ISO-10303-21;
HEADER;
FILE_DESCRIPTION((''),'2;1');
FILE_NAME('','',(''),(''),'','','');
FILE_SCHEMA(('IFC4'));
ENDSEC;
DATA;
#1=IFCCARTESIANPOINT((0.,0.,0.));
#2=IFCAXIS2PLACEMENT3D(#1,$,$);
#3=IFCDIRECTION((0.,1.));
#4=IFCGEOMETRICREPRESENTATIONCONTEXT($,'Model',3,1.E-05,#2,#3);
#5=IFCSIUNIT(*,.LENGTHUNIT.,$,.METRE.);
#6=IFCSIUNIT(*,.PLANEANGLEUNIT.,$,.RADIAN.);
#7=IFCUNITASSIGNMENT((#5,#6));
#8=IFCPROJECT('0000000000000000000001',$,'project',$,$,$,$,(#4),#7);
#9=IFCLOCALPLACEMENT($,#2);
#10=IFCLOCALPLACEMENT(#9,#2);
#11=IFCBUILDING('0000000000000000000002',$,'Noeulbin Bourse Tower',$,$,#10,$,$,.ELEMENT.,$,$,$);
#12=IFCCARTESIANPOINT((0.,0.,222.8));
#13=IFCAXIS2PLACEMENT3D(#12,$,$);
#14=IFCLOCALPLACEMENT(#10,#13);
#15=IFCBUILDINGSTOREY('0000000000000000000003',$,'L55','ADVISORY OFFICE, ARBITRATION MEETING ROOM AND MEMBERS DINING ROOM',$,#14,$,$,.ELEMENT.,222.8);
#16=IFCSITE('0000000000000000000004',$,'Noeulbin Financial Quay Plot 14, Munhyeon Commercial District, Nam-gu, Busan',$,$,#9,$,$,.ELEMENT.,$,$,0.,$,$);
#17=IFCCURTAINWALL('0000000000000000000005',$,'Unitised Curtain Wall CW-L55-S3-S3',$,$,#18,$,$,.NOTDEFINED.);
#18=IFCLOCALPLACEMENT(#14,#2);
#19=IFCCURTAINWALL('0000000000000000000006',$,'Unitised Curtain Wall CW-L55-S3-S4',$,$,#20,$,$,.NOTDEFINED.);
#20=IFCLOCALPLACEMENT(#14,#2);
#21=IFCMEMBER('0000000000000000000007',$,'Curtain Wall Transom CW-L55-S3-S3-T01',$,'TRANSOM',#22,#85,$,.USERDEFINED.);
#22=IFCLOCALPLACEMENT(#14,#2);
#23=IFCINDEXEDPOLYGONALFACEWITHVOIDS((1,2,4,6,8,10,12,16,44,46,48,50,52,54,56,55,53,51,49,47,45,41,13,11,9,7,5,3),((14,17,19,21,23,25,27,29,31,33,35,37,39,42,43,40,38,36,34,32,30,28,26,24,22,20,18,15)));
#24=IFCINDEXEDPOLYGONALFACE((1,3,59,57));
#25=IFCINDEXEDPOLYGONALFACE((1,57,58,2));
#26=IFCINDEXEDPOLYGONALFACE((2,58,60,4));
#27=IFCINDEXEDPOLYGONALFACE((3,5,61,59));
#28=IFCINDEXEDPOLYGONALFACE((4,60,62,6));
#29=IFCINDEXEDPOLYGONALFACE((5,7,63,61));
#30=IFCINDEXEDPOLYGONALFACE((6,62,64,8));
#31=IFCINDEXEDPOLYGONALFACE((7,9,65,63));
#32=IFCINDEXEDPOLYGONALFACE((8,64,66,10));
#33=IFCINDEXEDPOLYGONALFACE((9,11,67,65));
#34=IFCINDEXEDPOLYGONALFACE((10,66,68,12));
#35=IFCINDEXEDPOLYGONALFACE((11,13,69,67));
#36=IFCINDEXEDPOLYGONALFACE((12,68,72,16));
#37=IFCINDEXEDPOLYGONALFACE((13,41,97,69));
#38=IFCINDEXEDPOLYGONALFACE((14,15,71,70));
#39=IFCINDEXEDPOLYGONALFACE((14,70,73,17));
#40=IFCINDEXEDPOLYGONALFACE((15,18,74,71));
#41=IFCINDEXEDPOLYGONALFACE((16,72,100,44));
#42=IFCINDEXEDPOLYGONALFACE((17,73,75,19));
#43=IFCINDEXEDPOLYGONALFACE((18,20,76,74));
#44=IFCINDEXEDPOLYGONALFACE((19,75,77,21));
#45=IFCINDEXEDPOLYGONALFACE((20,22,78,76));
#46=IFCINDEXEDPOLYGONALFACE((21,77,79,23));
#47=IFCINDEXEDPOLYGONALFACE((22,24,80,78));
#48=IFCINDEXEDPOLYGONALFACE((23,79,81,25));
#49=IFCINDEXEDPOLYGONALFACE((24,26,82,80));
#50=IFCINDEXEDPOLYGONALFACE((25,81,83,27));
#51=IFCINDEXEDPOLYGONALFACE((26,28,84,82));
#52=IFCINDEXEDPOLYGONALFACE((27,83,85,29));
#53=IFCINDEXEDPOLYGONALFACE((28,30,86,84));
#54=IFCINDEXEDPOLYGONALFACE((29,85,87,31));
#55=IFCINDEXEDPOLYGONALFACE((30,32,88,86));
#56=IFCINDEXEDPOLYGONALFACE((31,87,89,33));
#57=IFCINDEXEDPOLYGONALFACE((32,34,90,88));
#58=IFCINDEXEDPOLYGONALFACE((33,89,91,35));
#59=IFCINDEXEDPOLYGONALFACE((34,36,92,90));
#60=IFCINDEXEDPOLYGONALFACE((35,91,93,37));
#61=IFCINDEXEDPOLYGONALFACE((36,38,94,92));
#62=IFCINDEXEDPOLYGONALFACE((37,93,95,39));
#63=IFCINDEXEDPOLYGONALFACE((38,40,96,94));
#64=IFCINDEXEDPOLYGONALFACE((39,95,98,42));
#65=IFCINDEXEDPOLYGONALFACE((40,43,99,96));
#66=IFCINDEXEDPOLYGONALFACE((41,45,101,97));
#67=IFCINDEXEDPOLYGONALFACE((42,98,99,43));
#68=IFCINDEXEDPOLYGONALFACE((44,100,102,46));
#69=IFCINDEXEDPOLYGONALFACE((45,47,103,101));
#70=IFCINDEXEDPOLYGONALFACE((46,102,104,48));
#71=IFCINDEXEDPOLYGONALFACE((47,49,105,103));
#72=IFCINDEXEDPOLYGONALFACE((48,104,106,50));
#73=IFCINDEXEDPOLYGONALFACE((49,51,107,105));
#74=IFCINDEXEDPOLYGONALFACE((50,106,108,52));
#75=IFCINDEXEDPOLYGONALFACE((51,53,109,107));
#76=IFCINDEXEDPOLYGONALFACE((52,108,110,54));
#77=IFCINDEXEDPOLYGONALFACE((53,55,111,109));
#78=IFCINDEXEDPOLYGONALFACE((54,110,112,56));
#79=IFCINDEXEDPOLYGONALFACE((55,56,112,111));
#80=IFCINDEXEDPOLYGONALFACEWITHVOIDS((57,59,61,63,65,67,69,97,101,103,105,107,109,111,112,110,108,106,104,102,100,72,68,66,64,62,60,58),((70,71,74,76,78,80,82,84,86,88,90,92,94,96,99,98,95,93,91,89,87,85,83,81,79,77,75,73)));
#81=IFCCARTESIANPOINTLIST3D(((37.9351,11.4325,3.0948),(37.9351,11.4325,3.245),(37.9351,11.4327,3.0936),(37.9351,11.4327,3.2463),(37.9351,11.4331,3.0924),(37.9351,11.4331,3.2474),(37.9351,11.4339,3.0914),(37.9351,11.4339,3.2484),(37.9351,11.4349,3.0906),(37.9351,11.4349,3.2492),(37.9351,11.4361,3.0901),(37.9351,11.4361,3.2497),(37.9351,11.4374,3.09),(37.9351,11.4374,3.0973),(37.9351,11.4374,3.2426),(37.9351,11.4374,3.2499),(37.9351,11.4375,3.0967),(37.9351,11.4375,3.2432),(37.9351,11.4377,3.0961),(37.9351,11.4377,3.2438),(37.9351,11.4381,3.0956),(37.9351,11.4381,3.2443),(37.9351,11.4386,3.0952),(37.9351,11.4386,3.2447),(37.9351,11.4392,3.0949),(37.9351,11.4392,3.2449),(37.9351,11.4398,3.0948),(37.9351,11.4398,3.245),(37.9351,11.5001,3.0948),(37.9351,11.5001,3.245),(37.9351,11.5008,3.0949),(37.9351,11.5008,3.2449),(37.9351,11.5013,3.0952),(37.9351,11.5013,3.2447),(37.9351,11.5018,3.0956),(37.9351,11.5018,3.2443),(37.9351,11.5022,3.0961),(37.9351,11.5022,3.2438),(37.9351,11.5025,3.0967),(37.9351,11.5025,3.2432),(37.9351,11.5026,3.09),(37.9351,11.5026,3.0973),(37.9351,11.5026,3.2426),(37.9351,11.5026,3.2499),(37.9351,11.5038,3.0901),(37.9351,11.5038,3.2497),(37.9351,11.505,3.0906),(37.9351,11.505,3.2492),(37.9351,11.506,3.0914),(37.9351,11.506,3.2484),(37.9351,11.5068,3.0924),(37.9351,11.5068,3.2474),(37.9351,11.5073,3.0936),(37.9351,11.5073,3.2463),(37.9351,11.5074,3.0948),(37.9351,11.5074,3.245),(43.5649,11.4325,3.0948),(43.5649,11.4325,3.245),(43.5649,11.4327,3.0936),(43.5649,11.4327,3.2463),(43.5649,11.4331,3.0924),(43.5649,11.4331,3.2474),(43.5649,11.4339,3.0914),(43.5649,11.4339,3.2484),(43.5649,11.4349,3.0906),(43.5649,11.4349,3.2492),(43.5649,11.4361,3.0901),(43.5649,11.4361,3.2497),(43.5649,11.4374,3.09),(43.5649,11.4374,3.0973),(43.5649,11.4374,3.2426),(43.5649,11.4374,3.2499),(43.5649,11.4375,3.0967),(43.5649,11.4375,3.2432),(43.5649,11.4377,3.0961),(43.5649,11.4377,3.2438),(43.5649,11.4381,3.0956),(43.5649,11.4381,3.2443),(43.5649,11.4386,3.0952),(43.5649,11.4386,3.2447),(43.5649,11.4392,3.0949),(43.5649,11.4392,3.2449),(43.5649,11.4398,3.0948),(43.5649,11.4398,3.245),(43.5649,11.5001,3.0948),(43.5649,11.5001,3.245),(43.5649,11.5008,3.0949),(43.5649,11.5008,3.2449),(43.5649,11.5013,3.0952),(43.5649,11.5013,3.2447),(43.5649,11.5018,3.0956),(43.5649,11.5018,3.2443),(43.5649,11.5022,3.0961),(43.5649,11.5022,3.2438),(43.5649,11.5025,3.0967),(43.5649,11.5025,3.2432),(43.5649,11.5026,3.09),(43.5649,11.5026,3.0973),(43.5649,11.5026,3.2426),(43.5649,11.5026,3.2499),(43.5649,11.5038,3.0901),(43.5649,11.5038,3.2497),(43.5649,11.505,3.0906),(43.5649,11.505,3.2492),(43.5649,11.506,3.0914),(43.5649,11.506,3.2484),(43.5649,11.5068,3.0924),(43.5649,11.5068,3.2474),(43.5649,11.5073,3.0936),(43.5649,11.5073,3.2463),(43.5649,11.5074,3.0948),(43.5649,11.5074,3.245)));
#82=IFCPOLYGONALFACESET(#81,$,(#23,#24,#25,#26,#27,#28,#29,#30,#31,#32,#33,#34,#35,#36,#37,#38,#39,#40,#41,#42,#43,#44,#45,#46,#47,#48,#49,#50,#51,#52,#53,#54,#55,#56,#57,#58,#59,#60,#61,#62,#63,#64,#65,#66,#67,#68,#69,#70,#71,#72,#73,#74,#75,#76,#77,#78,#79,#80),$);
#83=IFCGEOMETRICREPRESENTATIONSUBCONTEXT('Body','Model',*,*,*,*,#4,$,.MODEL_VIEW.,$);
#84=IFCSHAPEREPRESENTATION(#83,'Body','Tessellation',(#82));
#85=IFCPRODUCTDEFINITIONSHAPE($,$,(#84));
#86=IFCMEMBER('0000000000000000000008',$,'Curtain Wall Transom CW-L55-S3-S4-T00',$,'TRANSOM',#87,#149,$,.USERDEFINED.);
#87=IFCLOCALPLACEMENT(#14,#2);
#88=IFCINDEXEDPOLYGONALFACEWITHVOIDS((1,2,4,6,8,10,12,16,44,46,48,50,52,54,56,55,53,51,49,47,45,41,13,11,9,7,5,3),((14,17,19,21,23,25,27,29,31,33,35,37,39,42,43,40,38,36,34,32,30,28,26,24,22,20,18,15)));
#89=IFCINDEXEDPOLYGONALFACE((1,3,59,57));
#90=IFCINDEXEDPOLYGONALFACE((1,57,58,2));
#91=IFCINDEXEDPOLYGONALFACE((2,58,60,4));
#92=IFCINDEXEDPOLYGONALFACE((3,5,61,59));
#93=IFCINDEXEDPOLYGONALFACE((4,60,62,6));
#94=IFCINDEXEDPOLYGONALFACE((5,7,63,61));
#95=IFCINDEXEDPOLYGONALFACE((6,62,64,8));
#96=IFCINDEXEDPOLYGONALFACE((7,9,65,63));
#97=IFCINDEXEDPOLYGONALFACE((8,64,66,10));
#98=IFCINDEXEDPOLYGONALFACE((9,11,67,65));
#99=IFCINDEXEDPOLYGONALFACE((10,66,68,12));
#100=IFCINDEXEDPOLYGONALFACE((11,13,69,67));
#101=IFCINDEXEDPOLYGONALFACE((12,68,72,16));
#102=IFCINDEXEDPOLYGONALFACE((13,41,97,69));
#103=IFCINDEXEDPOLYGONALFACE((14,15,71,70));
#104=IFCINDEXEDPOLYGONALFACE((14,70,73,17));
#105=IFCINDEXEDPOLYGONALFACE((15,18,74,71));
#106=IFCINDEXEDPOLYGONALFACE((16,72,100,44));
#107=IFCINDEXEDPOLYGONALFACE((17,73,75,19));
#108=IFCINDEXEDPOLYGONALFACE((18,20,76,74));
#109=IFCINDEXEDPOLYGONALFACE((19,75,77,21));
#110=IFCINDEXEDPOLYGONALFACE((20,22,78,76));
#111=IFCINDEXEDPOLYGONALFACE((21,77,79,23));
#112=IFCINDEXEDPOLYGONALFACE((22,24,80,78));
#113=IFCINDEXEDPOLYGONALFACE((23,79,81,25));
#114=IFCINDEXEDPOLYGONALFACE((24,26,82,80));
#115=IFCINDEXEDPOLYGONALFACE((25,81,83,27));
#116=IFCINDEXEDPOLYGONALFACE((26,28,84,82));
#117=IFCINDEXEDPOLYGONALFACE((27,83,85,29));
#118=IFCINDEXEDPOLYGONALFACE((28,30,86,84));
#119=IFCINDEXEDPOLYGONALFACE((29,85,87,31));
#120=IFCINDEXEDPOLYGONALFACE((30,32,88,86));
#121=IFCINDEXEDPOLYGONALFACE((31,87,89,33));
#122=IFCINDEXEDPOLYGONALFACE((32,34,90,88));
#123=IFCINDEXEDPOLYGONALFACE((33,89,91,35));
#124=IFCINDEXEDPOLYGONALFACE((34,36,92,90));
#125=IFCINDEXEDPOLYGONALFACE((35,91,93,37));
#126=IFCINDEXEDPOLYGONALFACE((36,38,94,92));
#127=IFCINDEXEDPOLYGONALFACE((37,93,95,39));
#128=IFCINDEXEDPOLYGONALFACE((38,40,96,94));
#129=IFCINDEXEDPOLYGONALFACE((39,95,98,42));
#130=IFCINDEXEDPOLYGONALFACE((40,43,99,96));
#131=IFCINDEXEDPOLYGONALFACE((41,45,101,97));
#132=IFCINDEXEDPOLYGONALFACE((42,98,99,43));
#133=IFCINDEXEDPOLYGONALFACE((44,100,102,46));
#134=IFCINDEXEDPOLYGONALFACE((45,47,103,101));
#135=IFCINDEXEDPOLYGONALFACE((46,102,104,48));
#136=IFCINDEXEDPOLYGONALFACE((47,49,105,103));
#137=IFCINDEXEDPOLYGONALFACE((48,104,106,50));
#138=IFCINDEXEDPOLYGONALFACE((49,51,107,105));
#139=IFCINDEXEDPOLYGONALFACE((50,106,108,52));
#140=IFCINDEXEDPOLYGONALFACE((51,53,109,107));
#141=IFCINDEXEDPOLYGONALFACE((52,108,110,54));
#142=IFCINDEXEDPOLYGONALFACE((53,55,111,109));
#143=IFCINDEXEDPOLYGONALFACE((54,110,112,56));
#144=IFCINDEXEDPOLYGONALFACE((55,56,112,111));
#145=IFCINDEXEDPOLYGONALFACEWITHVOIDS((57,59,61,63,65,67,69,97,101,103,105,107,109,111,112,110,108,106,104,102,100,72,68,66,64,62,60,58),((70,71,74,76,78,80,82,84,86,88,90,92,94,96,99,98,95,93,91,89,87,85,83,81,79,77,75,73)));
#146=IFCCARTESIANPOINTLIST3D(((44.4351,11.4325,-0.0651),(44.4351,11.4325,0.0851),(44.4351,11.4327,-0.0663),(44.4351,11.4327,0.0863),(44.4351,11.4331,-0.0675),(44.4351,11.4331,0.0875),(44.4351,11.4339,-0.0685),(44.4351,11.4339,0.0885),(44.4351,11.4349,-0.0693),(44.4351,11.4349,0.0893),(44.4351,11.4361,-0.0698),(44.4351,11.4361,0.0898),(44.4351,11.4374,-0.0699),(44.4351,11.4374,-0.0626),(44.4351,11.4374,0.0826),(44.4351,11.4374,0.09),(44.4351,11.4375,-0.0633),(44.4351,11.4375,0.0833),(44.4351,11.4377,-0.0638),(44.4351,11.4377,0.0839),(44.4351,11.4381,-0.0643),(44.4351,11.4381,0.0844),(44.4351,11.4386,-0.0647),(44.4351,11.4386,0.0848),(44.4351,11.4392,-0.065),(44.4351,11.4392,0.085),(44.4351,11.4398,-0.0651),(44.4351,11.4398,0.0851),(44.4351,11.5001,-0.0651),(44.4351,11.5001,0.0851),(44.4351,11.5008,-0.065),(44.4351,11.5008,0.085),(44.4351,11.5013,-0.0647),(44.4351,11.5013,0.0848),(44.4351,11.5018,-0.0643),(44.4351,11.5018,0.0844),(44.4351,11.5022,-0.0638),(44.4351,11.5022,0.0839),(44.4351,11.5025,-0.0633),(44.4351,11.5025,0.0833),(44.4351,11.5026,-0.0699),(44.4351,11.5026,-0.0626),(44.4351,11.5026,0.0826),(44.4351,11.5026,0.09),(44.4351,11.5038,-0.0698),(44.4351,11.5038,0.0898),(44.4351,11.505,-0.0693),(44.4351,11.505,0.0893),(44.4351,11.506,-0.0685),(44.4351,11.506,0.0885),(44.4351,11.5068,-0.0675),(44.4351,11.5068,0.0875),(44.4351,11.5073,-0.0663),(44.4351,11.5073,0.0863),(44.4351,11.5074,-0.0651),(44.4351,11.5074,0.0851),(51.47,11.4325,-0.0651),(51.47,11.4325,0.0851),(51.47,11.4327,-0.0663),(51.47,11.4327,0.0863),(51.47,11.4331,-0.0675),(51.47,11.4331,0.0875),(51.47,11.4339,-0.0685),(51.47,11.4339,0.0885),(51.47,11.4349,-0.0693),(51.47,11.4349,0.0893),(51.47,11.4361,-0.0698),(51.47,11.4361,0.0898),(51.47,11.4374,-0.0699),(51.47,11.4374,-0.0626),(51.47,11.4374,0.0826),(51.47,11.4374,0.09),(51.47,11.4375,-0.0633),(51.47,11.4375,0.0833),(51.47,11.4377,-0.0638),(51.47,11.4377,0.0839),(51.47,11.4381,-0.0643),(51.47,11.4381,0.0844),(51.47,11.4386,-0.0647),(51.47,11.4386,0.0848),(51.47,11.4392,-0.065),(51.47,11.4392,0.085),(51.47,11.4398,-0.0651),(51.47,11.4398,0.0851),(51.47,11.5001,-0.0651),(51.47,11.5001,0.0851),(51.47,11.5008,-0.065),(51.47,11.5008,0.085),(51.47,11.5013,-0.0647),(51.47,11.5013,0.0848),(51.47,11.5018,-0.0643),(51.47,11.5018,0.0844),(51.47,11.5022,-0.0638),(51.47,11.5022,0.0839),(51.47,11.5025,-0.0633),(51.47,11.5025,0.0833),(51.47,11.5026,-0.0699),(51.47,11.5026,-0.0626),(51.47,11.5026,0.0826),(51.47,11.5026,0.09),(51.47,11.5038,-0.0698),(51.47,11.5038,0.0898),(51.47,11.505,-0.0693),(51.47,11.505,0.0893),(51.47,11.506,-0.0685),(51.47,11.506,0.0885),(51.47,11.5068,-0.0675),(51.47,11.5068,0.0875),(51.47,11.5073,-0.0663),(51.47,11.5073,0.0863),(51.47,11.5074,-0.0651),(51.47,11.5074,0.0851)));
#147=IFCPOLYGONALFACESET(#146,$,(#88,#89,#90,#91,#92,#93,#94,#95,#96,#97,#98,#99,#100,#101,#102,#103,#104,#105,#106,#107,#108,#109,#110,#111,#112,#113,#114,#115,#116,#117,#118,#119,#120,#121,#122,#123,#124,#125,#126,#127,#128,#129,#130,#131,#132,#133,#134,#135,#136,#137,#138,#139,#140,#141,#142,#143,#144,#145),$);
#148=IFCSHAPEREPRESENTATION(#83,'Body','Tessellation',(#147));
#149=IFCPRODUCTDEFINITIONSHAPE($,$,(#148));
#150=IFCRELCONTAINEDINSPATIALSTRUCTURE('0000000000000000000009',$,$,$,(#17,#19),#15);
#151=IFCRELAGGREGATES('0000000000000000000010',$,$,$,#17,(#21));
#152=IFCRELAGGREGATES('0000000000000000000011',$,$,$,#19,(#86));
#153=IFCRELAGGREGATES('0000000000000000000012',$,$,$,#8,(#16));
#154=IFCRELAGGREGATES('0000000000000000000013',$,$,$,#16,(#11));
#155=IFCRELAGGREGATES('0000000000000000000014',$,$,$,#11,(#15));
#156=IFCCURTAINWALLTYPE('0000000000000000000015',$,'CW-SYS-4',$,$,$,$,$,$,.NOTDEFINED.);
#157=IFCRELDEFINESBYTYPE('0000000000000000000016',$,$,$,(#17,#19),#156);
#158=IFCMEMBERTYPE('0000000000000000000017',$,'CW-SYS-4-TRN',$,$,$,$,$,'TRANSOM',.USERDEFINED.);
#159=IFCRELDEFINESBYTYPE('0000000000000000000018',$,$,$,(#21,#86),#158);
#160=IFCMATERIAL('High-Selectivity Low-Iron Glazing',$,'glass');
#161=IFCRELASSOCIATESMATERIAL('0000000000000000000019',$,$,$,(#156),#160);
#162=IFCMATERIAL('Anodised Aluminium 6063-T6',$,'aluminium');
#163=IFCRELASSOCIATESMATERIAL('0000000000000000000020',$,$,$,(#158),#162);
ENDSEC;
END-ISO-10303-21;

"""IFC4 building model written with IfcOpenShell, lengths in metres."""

from ifc_helpers import new_model, si_unit, direction, frame, origin, origin_2d, place, context, subcontext, project, spatial, hollow_rectangle, extrude, material, material_profile, profile_set, type_object, element, aggregate, save


model = new_model("IFC4")

# Units and contexts
model_context = context("Model", 3, precision=1e-05, world=origin(), true_north=direction((0.0, 1.0)))
body_context = subcontext(model_context, "Body", "Model", "MODEL_VIEW")
ifc_project = project(units=[si_unit("LENGTHUNIT", "METRE"), si_unit("PLANEANGLEUNIT", "RADIAN")], contexts=[model_context])

# Site, building, storey
site_placement = place(None, origin())
site = spatial("IfcSite", under=ifc_project, at=site_placement, Name="Noeulbin Financial Quay Plot 14, Munhyeon Commercial District, Nam-gu, Busan", CompositionType="ELEMENT", RefElevation=0.0)
building_placement = place(site_placement, origin())
building = spatial("IfcBuilding", under=site, at=building_placement, Name="Noeulbin Bourse Tower", CompositionType="ELEMENT")
storey_placement = place(building_placement, frame((0.0, 0.0, 222.8)))
storey = spatial("IfcBuildingStorey", under=building, at=storey_placement, Name="L55", Description="ADVISORY OFFICE, ARBITRATION MEETING ROOM AND MEMBERS DINING ROOM", CompositionType="ELEMENT", Elevation=222.8)

# Curtain walls
ifc_material_1 = material(Name="High-Selectivity Low-Iron Glazing", Category="glass")
curtain_wall_type = type_object("IfcCurtainWallType", Name="CW-SYS-4", PredefinedType="NOTDEFINED", material=ifc_material_1)
curtain_wall_1_placement = place(storey_placement, origin())
curtain_wall_1 = element("IfcCurtainWall", 1, at=curtain_wall_1_placement, inside=storey, type_object=curtain_wall_type, Name="Unitised Curtain Wall CW-L55-S3-S3", PredefinedType="NOTDEFINED")
ifc_material_2 = material(Name="Anodised Aluminium 6063-T6", Category="aluminium")
curtain_wall_2_placement = place(storey_placement, origin())
curtain_wall_2 = element("IfcCurtainWall", 2, at=curtain_wall_2_placement, inside=storey, type_object=curtain_wall_type, Name="Unitised Curtain Wall CW-L55-S3-S4", PredefinedType="NOTDEFINED")

# Members
ifc_material_profile_1 = material_profile(ifc_material_2, hollow_rectangle(XDim=0.075, YDim=0.1599, WallThickness=0.0049, InnerFilletRadius=0.0024, OuterFilletRadius=0.0049, at=origin_2d()), Name="ALU-TRAN-75x160x5", Category="LoadBearing")
ifc_profile_set_1 = profile_set([ifc_material_profile_1], Name="Anodised Aluminium 6063-T6")
member_type_1 = type_object("IfcMemberType", Name="CW-SYS-4-TRN", ElementType="TRANSOM", PredefinedType="USERDEFINED", material=ifc_profile_set_1)
member_1_placement = place(storey_placement, frame((37.9351, 11.47, 3.1699), z_axis=(1.0, 0.0, 0.0), x_axis=(0.0, 1.0, 0.0)))
member_1 = element("IfcMember", 3, at=member_1_placement, type_object=member_type_1, Name="Curtain Wall Transom CW-L55-S3-S3-T01", ObjectType="TRANSOM", PredefinedType="USERDEFINED", context=body_context, shape_type="SweptSolid", body=[
    extrude(hollow_rectangle(XDim=0.075, YDim=0.1599, WallThickness=0.0049, InnerFilletRadius=0.0024, OuterFilletRadius=0.0049, at=origin_2d()), origin(), (0.0, 0.0, 1.0), 5.6299),
])
member_2_placement = place(storey_placement, frame((44.4351, 11.47, 0.01), z_axis=(1.0, 0.0, 0.0), x_axis=(0.0, 1.0, 0.0)))
member_2 = element("IfcMember", 4, at=member_2_placement, type_object=member_type_1, Name="Curtain Wall Transom CW-L55-S3-S4-T00", ObjectType="TRANSOM", PredefinedType="USERDEFINED", context=body_context, shape_type="SweptSolid", body=[
    extrude(hollow_rectangle(XDim=0.075, YDim=0.1599, WallThickness=0.0049, InnerFilletRadius=0.0024, OuterFilletRadius=0.0049, at=origin_2d()), origin(), (0.0, 0.0, 1.0), 7.0349),
])

aggregate(curtain_wall_1, [member_1])
aggregate(curtain_wall_2, [member_2])

save(model, "model.ifc")
